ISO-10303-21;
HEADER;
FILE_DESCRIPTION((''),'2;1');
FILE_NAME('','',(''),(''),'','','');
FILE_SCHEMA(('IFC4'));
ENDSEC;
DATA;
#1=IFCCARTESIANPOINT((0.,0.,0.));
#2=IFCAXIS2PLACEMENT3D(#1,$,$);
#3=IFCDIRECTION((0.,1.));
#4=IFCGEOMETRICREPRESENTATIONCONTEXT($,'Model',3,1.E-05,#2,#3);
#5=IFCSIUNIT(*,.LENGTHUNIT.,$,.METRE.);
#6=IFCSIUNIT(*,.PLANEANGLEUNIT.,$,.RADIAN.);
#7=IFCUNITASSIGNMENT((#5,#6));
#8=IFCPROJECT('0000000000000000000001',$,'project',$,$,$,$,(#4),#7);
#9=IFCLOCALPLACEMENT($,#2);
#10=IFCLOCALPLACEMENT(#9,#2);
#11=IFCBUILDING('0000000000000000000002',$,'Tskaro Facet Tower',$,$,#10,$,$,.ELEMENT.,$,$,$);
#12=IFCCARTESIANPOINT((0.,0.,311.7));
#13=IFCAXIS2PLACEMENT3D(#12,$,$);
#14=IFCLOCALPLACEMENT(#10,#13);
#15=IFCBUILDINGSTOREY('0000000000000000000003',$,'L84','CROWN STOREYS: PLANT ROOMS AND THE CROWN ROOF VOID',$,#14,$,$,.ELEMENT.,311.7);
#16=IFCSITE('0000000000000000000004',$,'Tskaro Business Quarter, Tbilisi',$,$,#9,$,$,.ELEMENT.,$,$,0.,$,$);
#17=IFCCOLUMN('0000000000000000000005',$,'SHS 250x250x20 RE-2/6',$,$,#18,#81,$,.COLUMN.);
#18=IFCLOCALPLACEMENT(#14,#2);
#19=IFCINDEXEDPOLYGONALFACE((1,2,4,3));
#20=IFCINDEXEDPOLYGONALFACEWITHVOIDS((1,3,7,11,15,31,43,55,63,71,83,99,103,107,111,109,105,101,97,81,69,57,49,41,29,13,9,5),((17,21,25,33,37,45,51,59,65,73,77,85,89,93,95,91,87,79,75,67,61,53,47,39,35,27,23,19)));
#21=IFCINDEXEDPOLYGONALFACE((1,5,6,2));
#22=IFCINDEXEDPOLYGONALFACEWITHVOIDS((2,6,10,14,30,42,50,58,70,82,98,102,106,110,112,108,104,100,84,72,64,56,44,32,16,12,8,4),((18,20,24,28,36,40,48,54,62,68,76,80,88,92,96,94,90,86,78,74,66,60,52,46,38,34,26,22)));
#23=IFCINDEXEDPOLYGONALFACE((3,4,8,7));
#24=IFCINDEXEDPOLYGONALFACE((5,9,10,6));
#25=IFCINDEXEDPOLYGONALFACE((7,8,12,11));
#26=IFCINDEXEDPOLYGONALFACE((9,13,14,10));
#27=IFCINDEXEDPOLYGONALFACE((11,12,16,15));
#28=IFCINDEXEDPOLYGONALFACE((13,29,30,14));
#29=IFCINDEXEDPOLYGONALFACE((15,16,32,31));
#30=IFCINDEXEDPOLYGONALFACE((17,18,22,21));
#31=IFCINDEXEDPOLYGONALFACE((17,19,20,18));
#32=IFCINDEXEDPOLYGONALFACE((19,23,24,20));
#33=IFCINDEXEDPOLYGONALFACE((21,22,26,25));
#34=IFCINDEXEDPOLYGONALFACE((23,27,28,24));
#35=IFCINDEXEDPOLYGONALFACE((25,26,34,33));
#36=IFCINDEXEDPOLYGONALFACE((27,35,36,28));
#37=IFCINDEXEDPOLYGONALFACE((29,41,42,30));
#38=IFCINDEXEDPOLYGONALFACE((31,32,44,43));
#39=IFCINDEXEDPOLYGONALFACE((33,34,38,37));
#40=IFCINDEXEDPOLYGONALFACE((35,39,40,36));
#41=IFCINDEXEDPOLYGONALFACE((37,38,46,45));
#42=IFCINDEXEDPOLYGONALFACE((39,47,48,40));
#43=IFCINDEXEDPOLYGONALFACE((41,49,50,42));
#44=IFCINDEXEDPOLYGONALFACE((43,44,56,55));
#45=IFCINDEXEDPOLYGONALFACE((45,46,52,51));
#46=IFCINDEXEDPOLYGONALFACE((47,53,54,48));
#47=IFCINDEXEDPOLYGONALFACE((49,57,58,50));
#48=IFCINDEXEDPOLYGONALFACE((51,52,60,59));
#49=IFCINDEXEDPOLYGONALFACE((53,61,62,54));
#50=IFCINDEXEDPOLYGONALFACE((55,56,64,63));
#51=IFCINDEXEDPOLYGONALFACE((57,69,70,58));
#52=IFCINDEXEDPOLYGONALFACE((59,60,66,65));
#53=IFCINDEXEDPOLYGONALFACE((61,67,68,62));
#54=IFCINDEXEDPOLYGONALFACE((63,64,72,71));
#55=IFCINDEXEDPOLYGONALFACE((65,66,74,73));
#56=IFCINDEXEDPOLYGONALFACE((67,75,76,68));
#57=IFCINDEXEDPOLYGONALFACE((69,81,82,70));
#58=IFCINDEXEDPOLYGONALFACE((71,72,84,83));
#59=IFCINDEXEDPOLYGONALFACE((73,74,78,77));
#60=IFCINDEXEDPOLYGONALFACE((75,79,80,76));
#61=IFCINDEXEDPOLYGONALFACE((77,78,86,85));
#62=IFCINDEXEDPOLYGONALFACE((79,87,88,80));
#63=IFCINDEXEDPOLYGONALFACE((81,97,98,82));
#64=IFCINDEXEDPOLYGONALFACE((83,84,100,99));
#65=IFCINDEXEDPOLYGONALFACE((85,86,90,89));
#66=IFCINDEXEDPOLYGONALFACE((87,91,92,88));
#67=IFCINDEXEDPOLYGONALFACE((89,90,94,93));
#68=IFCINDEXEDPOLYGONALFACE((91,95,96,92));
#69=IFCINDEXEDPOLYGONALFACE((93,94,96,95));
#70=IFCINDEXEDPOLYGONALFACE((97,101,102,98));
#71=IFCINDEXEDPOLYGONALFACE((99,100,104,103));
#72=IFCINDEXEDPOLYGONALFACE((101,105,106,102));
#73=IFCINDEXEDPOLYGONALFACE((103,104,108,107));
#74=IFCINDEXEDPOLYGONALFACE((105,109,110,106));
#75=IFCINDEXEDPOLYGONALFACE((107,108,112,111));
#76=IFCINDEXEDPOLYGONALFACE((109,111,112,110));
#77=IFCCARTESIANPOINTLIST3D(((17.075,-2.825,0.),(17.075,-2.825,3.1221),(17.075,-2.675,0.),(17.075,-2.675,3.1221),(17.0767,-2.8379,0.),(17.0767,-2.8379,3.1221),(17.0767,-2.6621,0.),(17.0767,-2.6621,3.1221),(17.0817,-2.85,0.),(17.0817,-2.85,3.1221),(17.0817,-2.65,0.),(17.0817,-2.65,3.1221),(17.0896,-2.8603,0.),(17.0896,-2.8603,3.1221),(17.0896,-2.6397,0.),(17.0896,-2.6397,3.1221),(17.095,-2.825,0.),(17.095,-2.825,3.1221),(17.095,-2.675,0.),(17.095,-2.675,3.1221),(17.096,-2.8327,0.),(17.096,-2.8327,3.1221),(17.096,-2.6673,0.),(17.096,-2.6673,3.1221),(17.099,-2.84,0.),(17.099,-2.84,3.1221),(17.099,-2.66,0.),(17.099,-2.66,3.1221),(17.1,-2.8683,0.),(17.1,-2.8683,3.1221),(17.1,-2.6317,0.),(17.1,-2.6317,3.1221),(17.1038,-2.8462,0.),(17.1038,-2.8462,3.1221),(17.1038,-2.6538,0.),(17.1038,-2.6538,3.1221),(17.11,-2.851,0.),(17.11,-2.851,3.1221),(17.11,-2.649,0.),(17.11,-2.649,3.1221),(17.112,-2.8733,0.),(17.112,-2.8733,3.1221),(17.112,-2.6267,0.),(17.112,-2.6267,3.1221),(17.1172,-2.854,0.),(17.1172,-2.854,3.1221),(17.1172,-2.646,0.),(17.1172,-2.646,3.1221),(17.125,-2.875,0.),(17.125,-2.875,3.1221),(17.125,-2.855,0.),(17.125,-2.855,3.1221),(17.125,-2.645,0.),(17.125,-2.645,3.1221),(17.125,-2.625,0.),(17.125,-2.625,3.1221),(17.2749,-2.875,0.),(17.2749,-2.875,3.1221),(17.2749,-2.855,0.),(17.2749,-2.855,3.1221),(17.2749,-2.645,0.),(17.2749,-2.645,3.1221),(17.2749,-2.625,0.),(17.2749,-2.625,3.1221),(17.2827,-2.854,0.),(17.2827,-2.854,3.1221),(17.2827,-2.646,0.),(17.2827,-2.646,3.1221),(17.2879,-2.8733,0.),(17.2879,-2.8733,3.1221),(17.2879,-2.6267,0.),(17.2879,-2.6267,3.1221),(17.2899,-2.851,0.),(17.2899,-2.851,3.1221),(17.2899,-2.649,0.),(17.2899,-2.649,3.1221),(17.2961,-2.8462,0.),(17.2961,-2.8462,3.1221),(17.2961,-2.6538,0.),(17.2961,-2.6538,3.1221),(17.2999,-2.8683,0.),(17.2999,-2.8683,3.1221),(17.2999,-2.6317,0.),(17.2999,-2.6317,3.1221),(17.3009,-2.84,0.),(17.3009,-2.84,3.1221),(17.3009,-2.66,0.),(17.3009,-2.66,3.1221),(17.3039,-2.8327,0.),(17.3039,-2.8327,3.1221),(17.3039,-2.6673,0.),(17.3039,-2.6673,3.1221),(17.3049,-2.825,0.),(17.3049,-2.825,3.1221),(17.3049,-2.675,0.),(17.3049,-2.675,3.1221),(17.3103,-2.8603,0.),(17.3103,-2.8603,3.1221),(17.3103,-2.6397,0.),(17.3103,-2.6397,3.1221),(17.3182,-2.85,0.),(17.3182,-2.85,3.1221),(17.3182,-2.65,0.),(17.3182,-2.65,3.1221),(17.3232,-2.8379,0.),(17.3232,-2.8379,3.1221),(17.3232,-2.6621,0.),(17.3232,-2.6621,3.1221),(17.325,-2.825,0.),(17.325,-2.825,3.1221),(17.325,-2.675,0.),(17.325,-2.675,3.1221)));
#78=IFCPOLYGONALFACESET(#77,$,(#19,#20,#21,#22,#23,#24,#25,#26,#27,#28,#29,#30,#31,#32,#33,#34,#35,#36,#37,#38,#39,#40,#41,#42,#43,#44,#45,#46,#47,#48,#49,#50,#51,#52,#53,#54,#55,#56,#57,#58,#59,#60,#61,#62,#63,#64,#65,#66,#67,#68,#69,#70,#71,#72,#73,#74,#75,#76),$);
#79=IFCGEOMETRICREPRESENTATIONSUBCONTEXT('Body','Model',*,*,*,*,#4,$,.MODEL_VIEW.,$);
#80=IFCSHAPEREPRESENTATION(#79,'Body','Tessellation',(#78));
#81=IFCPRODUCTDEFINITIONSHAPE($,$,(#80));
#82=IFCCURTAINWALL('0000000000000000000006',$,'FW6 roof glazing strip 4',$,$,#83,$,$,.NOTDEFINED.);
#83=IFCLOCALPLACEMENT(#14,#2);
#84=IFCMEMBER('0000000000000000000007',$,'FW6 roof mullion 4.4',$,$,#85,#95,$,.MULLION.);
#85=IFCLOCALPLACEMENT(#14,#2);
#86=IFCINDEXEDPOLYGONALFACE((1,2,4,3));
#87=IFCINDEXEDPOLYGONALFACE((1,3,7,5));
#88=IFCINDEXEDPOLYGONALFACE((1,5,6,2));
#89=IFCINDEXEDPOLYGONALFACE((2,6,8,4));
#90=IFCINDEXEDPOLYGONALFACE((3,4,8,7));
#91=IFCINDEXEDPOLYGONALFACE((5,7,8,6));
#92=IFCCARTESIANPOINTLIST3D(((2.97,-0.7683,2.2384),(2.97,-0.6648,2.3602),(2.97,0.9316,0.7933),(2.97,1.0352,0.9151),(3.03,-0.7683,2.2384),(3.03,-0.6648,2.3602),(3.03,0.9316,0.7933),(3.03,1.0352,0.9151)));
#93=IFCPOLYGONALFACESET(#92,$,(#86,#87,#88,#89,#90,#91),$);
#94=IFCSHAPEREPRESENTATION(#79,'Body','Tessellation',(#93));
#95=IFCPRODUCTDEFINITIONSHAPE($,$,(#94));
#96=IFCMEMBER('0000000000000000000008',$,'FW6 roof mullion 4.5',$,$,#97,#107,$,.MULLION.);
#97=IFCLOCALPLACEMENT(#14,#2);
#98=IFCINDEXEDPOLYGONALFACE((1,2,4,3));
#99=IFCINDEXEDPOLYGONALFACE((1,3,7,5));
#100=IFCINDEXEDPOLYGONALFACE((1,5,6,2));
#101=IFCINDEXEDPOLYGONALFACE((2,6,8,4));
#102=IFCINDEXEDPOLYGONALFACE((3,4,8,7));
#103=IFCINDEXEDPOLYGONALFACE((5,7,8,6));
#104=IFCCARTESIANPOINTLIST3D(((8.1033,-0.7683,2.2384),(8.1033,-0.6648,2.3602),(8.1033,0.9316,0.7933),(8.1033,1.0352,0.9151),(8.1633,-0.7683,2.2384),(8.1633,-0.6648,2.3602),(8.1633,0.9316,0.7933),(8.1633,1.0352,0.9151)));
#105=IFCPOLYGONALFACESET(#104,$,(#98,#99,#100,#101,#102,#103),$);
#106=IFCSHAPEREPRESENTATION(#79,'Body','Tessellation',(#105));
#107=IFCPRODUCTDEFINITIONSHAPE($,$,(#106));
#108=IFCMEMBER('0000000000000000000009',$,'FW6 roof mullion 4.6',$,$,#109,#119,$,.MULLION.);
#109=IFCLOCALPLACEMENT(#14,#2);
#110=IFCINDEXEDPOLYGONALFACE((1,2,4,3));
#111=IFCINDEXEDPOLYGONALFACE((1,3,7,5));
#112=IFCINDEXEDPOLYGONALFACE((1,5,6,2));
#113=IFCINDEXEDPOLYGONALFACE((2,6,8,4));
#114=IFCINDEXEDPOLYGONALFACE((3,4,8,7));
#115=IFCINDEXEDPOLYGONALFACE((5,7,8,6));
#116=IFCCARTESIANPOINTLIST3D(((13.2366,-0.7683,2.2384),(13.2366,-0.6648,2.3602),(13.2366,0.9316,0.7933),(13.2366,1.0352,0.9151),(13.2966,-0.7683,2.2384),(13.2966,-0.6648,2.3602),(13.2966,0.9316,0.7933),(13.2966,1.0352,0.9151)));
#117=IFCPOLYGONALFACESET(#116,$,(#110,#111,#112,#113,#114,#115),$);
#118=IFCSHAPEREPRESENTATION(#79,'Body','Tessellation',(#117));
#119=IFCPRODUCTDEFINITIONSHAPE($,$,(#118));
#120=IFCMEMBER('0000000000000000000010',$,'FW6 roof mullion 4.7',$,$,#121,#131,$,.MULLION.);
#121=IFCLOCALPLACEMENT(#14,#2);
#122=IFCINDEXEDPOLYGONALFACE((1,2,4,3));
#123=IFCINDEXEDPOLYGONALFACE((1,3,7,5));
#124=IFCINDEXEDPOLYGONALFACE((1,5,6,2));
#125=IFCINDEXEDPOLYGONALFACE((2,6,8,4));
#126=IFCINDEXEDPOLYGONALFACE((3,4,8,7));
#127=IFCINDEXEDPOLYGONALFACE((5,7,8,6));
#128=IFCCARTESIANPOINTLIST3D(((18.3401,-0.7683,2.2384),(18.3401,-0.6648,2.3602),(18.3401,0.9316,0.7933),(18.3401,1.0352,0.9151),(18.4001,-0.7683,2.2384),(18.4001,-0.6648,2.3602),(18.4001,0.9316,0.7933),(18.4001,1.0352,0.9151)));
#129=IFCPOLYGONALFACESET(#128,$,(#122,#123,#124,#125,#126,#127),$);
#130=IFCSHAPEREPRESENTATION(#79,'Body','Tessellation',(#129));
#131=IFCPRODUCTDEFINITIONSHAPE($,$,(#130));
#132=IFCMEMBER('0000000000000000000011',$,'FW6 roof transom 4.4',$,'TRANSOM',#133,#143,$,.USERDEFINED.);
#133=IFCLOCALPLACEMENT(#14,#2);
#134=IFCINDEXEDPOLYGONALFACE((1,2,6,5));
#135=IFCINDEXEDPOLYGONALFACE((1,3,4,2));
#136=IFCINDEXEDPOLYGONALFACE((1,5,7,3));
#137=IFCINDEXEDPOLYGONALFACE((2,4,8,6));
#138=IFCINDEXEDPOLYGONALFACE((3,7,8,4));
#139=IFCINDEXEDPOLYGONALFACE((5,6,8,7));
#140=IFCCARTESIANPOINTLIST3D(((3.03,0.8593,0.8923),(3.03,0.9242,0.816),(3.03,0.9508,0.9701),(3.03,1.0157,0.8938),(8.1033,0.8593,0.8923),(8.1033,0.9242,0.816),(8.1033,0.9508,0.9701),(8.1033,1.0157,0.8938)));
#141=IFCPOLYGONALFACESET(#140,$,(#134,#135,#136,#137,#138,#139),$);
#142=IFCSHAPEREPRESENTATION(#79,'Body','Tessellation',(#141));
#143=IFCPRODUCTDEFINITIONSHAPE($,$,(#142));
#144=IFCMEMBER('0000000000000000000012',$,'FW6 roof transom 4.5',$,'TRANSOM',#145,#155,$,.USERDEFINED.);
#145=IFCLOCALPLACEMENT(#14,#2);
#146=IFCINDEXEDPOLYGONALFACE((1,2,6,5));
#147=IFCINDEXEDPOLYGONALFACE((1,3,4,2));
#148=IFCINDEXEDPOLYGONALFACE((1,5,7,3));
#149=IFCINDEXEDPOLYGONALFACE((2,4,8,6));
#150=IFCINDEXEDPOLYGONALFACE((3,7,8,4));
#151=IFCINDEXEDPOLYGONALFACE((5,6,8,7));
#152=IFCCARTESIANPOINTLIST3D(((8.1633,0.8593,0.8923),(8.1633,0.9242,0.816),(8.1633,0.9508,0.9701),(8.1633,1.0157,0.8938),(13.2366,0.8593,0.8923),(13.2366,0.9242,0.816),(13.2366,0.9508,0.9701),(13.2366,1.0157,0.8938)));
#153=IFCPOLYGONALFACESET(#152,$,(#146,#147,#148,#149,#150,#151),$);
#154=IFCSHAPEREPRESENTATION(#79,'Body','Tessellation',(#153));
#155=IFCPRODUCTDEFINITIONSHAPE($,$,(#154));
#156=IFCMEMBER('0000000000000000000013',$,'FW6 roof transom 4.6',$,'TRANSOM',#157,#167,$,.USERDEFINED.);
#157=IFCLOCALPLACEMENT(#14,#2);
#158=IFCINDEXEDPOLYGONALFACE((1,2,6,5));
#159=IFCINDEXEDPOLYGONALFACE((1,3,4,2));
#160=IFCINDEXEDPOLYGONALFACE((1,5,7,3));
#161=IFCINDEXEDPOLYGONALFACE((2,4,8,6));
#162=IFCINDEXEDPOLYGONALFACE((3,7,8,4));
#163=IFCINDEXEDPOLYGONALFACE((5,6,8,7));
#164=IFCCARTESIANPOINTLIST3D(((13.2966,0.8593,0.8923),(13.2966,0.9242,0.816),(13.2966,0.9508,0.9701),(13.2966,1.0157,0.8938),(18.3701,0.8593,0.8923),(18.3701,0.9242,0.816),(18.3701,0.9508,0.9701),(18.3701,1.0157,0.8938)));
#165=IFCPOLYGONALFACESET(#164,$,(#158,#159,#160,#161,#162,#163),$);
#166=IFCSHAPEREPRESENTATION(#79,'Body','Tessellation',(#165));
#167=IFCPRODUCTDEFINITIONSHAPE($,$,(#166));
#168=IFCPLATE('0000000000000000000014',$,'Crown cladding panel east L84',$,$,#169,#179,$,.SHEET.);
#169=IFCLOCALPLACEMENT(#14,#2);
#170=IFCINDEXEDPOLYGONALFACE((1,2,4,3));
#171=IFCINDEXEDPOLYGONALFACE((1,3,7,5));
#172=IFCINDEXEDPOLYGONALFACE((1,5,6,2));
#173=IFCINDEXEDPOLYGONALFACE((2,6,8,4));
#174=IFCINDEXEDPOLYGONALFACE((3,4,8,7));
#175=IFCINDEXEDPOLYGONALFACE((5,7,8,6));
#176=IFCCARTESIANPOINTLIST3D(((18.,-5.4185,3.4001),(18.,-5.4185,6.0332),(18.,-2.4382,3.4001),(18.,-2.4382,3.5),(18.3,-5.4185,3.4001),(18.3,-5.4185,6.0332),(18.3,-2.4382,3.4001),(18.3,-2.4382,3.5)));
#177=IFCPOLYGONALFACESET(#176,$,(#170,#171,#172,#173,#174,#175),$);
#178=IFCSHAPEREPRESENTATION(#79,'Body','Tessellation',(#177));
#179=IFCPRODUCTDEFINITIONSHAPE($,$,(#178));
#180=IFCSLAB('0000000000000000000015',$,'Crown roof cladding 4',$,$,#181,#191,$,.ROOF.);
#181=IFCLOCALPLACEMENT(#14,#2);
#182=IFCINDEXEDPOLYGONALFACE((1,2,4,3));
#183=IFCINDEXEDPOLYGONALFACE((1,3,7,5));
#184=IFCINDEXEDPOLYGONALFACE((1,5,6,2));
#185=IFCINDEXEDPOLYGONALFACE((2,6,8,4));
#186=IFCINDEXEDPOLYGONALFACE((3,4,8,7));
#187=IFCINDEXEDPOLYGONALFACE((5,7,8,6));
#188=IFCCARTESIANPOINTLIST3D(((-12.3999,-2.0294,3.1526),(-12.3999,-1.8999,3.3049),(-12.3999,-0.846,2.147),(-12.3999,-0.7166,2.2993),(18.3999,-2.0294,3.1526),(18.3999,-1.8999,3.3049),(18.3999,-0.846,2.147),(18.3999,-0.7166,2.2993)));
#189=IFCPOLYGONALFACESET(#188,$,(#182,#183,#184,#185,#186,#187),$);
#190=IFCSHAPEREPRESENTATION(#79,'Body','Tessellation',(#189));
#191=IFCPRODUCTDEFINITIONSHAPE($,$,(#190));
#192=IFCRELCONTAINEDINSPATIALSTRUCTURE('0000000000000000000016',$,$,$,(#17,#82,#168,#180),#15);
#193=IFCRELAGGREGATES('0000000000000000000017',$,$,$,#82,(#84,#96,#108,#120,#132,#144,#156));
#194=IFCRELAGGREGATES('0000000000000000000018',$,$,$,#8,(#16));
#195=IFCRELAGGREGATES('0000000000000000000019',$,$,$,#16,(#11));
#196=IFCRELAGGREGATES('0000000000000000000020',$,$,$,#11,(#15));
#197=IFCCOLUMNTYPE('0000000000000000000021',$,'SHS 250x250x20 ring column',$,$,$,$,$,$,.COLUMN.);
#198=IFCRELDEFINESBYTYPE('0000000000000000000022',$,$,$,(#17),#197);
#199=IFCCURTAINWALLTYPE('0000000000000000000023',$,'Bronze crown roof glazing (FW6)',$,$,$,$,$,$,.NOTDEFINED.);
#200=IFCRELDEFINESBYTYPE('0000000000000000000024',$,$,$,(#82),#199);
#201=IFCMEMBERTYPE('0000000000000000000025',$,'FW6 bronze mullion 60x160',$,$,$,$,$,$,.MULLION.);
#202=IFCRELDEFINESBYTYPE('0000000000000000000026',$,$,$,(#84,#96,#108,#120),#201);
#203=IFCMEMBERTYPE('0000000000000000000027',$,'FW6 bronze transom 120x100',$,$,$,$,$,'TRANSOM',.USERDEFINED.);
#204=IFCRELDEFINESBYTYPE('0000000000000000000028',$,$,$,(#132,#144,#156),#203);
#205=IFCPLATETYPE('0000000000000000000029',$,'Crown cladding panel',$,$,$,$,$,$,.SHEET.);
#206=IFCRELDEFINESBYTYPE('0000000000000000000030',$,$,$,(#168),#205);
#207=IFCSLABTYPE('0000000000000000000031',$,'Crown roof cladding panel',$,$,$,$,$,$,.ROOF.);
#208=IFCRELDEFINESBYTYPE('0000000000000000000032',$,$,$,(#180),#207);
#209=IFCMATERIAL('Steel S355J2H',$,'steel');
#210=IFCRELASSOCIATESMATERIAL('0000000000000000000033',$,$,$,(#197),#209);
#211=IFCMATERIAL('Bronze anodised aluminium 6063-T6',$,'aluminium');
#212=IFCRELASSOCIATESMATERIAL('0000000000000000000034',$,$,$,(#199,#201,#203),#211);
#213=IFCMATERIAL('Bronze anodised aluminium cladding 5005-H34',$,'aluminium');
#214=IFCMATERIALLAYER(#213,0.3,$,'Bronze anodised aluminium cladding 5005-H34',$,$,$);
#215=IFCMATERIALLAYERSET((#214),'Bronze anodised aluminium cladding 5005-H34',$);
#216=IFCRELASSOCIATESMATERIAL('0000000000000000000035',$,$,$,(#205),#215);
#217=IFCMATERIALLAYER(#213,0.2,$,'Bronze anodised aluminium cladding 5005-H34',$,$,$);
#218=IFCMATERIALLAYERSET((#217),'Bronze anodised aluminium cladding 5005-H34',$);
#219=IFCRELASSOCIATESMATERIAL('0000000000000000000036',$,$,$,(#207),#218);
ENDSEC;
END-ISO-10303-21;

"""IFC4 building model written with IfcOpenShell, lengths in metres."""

from ifc_helpers import new_model, si_unit, direction, frame, origin, origin_2d, place, context, subcontext, project, spatial, polyline, rectangle, hollow_rectangle, outline, extrude, material, layer, layer_set, material_profile, profile_set, type_object, element, aggregate, save


model = new_model("IFC4")

# Units and contexts
model_context = context("Model", 3, precision=1e-05, world=origin(), true_north=direction((0.0, 1.0)))
body_context = subcontext(model_context, "Body", "Model", "MODEL_VIEW")
ifc_project = project(units=[si_unit("LENGTHUNIT", "METRE"), si_unit("PLANEANGLEUNIT", "RADIAN")], contexts=[model_context])

# Site, building, storey
site_placement = place(None, origin())
site = spatial("IfcSite", under=ifc_project, at=site_placement, Name="Tskaro Business Quarter, Tbilisi", CompositionType="ELEMENT", RefElevation=0.0)
building_placement = place(site_placement, origin())
building = spatial("IfcBuilding", under=site, at=building_placement, Name="Tskaro Facet Tower", CompositionType="ELEMENT")
storey_placement = place(building_placement, frame((0.0, 0.0, 311.7)))
storey = spatial("IfcBuildingStorey", under=building, at=storey_placement, Name="L84", Description="CROWN STOREYS: PLANT ROOMS AND THE CROWN ROOF VOID", CompositionType="ELEMENT", Elevation=311.7)

# Column
ifc_material_1 = material(Name="Steel S355J2H", Category="steel")
ifc_material_profile_1 = material_profile(ifc_material_1, hollow_rectangle(XDim=0.25, YDim=0.25, WallThickness=0.02, InnerFilletRadius=0.03, OuterFilletRadius=0.05, at=origin_2d()), Name="SHS 250x250x20")
ifc_profile_set_1 = profile_set([ifc_material_profile_1], Name="Steel S355J2H")
column_type = type_object("IfcColumnType", Name="SHS 250x250x20 ring column", PredefinedType="COLUMN", material=ifc_profile_set_1)
column_placement = place(storey_placement, frame((17.2, -2.75, 0.0), z_axis=(0.0, 0.0, 1.0), x_axis=(1.0, 0.0, 0.0)))
element("IfcColumn", 1, at=column_placement, inside=storey, type_object=column_type, Name="SHS 250x250x20 RE-2/6", PredefinedType="COLUMN", context=body_context, shape_type="SweptSolid", body=[
    extrude(hollow_rectangle(XDim=0.25, YDim=0.25, WallThickness=0.02, InnerFilletRadius=0.03, OuterFilletRadius=0.05, at=origin_2d()), origin(), (0.0, 0.0, 1.0), 3.1221),
])

# Curtain wall, members
ifc_material_2 = material(Name="Bronze anodised aluminium 6063-T6", Category="aluminium")
curtain_wall_type_1 = type_object("IfcCurtainWallType", Name="Bronze crown roof glazing (FW6)", PredefinedType="NOTDEFINED", material=ifc_material_2)
curtain_wall_1_placement = place(storey_placement, origin())
curtain_wall_1 = element("IfcCurtainWall", 2, at=curtain_wall_1_placement, inside=storey, type_object=curtain_wall_type_1, Name="FW6 roof glazing strip 4", PredefinedType="NOTDEFINED")
ifc_material_profile_2 = material_profile(ifc_material_2, rectangle(XDim=0.0601, YDim=0.1599, at=origin_2d()), Name="Mullion 60x160")
ifc_profile_set_2 = profile_set([ifc_material_profile_2], Name="Bronze anodised aluminium 6063-T6")
member_type_1 = type_object("IfcMemberType", Name="FW6 bronze mullion 60x160", PredefinedType="MULLION", material=ifc_profile_set_2)
member_1_placement = place(storey_placement, frame((3.0, -0.7166, 2.2993), z_axis=(0.0, 0.761915, -0.647677), x_axis=(-1.0, 0.0, 0.0)))
member_1 = element("IfcMember", 3, at=member_1_placement, type_object=member_type_1, Name="FW6 roof mullion 4.4", PredefinedType="MULLION", context=body_context, shape_type="SweptSolid", body=[
    extrude(rectangle(XDim=0.0601, YDim=0.1599, at=origin_2d()), origin(), (0.0, 0.0, 1.0), 2.2312),
])
member_2_placement = place(storey_placement, frame((8.1333, -0.7166, 2.2993), z_axis=(0.0, 0.761915, -0.647677), x_axis=(-1.0, 0.0, 0.0)))
member_2 = element("IfcMember", 4, at=member_2_placement, type_object=member_type_1, Name="FW6 roof mullion 4.5", PredefinedType="MULLION", context=body_context, shape_type="SweptSolid", body=[
    extrude(rectangle(XDim=0.0601, YDim=0.1599, at=origin_2d()), origin(), (0.0, 0.0, 1.0), 2.2312),
])
member_3_placement = place(storey_placement, frame((13.2666, -0.7166, 2.2993), z_axis=(0.0, 0.761915, -0.647677), x_axis=(-1.0, 0.0, 0.0)))
member_3 = element("IfcMember", 5, at=member_3_placement, type_object=member_type_1, Name="FW6 roof mullion 4.6", PredefinedType="MULLION", context=body_context, shape_type="SweptSolid", body=[
    extrude(rectangle(XDim=0.0601, YDim=0.1599, at=origin_2d()), origin(), (0.0, 0.0, 1.0), 2.2312),
])
member_4_placement = place(storey_placement, frame((18.3701, -0.7166, 2.2993), z_axis=(0.0, 0.761915, -0.647677), x_axis=(-1.0, 0.0, 0.0)))
member_4 = element("IfcMember", 6, at=member_4_placement, type_object=member_type_1, Name="FW6 roof mullion 4.7", PredefinedType="MULLION", context=body_context, shape_type="SweptSolid", body=[
    extrude(rectangle(XDim=0.0601, YDim=0.1599, at=origin_2d()), origin(), (0.0, 0.0, 1.0), 2.2312),
])
ifc_material_profile_3 = material_profile(ifc_material_2, rectangle(XDim=0.1201, YDim=0.1001, at=origin_2d()), Name="Transom 120x100")
ifc_profile_set_3 = profile_set([ifc_material_profile_3], Name="Bronze anodised aluminium 6063-T6")
member_type_2 = type_object("IfcMemberType", Name="FW6 bronze transom 120x100", ElementType="TRANSOM", PredefinedType="USERDEFINED", material=ifc_profile_set_3)
member_5_placement = place(storey_placement, frame((3.03, 0.9375, 0.8931), z_axis=(1.0, 0.0, 0.0), x_axis=(0.0, 0.761939, 0.647648)))
member_5 = element("IfcMember", 7, at=member_5_placement, type_object=member_type_2, Name="FW6 roof transom 4.4", ObjectType="TRANSOM", PredefinedType="USERDEFINED", context=body_context, shape_type="SweptSolid", body=[
    extrude(rectangle(XDim=0.1201, YDim=0.1001, at=origin_2d()), origin(), (0.0, 0.0, 1.0), 5.0732),
])
member_6_placement = place(storey_placement, frame((8.1633, 0.9375, 0.8931), z_axis=(1.0, 0.0, 0.0), x_axis=(0.0, 0.761939, 0.647648)))
member_6 = element("IfcMember", 8, at=member_6_placement, type_object=member_type_2, Name="FW6 roof transom 4.5", ObjectType="TRANSOM", PredefinedType="USERDEFINED", context=body_context, shape_type="SweptSolid", body=[
    extrude(rectangle(XDim=0.1201, YDim=0.1001, at=origin_2d()), origin(), (0.0, 0.0, 1.0), 5.0732),
])
member_7_placement = place(storey_placement, frame((13.2966, 0.9375, 0.8931), z_axis=(1.0, 0.0, 0.0), x_axis=(0.0, 0.761939, 0.647648)))
member_7 = element("IfcMember", 9, at=member_7_placement, type_object=member_type_2, Name="FW6 roof transom 4.6", ObjectType="TRANSOM", PredefinedType="USERDEFINED", context=body_context, shape_type="SweptSolid", body=[
    extrude(rectangle(XDim=0.1201, YDim=0.1001, at=origin_2d()), origin(), (0.0, 0.0, 1.0), 5.0735),
])

# Plate
ifc_material_3 = material(Name="Bronze anodised aluminium cladding 5005-H34", Category="aluminium")
ifc_layer_1 = layer(ifc_material_3, 0.3, Name="Bronze anodised aluminium cladding 5005-H34")
ifc_layer_set_1 = layer_set([ifc_layer_1], Name="Bronze anodised aluminium cladding 5005-H34")
plate_type_1 = type_object("IfcPlateType", Name="Crown cladding panel", PredefinedType="SHEET", material=ifc_layer_set_1)
plate_1_placement = place(storey_placement, frame((18.1499, -5.4185, 3.4001), z_axis=(0.0, 0.0, 1.0), x_axis=(0.0, 1.0, 0.0)))
element("IfcPlate", 10, at=plate_1_placement, inside=storey, type_object=plate_type_1, Name="Crown cladding panel east L84", PredefinedType="SHEET", context=body_context, shape_type="SweptSolid", body=[
    extrude(outline(polyline([(0.0, 0.0), (2.9802, 0.0), (2.9802, 0.0999), (0.0, 2.6331), (0.0, 0.0)])), frame((0.0, 0.1499, 0.0), z_axis=(0.0, -1.0, 0.0), x_axis=(1.0, 0.0, 0.0)), (0.0, 0.0, 1.0), 0.3),
])

# Slab
ifc_layer_2 = layer(ifc_material_3, 0.2, Name="Bronze anodised aluminium cladding 5005-H34")
ifc_layer_set_2 = layer_set([ifc_layer_2], Name="Bronze anodised aluminium cladding 5005-H34")
slab_type = type_object("IfcSlabType", Name="Crown roof cladding panel", PredefinedType="ROOF", material=ifc_layer_set_2)
slab_1_placement = place(storey_placement, frame((18.3999, -1.8999, 3.3049), z_axis=(0.0, 0.647562, 0.762013), x_axis=(-1.0, 0.0, 0.0)))
element("IfcSlab", 11, at=slab_1_placement, inside=storey, type_object=slab_type, Name="Crown roof cladding 4", PredefinedType="ROOF", context=body_context, shape_type="SweptSolid", body=[
    extrude(outline(polyline([(0.0, 0.0), (30.7998, 0.0), (30.7998, -1.5529), (0.0, -1.5529), (0.0, 0.0)])), origin(), (0.0, 0.0, -1.0), 0.2),
])

aggregate(curtain_wall_1, [member_1, member_2, member_3, member_4, member_5, member_6, member_7])

save(model, "model.ifc")
